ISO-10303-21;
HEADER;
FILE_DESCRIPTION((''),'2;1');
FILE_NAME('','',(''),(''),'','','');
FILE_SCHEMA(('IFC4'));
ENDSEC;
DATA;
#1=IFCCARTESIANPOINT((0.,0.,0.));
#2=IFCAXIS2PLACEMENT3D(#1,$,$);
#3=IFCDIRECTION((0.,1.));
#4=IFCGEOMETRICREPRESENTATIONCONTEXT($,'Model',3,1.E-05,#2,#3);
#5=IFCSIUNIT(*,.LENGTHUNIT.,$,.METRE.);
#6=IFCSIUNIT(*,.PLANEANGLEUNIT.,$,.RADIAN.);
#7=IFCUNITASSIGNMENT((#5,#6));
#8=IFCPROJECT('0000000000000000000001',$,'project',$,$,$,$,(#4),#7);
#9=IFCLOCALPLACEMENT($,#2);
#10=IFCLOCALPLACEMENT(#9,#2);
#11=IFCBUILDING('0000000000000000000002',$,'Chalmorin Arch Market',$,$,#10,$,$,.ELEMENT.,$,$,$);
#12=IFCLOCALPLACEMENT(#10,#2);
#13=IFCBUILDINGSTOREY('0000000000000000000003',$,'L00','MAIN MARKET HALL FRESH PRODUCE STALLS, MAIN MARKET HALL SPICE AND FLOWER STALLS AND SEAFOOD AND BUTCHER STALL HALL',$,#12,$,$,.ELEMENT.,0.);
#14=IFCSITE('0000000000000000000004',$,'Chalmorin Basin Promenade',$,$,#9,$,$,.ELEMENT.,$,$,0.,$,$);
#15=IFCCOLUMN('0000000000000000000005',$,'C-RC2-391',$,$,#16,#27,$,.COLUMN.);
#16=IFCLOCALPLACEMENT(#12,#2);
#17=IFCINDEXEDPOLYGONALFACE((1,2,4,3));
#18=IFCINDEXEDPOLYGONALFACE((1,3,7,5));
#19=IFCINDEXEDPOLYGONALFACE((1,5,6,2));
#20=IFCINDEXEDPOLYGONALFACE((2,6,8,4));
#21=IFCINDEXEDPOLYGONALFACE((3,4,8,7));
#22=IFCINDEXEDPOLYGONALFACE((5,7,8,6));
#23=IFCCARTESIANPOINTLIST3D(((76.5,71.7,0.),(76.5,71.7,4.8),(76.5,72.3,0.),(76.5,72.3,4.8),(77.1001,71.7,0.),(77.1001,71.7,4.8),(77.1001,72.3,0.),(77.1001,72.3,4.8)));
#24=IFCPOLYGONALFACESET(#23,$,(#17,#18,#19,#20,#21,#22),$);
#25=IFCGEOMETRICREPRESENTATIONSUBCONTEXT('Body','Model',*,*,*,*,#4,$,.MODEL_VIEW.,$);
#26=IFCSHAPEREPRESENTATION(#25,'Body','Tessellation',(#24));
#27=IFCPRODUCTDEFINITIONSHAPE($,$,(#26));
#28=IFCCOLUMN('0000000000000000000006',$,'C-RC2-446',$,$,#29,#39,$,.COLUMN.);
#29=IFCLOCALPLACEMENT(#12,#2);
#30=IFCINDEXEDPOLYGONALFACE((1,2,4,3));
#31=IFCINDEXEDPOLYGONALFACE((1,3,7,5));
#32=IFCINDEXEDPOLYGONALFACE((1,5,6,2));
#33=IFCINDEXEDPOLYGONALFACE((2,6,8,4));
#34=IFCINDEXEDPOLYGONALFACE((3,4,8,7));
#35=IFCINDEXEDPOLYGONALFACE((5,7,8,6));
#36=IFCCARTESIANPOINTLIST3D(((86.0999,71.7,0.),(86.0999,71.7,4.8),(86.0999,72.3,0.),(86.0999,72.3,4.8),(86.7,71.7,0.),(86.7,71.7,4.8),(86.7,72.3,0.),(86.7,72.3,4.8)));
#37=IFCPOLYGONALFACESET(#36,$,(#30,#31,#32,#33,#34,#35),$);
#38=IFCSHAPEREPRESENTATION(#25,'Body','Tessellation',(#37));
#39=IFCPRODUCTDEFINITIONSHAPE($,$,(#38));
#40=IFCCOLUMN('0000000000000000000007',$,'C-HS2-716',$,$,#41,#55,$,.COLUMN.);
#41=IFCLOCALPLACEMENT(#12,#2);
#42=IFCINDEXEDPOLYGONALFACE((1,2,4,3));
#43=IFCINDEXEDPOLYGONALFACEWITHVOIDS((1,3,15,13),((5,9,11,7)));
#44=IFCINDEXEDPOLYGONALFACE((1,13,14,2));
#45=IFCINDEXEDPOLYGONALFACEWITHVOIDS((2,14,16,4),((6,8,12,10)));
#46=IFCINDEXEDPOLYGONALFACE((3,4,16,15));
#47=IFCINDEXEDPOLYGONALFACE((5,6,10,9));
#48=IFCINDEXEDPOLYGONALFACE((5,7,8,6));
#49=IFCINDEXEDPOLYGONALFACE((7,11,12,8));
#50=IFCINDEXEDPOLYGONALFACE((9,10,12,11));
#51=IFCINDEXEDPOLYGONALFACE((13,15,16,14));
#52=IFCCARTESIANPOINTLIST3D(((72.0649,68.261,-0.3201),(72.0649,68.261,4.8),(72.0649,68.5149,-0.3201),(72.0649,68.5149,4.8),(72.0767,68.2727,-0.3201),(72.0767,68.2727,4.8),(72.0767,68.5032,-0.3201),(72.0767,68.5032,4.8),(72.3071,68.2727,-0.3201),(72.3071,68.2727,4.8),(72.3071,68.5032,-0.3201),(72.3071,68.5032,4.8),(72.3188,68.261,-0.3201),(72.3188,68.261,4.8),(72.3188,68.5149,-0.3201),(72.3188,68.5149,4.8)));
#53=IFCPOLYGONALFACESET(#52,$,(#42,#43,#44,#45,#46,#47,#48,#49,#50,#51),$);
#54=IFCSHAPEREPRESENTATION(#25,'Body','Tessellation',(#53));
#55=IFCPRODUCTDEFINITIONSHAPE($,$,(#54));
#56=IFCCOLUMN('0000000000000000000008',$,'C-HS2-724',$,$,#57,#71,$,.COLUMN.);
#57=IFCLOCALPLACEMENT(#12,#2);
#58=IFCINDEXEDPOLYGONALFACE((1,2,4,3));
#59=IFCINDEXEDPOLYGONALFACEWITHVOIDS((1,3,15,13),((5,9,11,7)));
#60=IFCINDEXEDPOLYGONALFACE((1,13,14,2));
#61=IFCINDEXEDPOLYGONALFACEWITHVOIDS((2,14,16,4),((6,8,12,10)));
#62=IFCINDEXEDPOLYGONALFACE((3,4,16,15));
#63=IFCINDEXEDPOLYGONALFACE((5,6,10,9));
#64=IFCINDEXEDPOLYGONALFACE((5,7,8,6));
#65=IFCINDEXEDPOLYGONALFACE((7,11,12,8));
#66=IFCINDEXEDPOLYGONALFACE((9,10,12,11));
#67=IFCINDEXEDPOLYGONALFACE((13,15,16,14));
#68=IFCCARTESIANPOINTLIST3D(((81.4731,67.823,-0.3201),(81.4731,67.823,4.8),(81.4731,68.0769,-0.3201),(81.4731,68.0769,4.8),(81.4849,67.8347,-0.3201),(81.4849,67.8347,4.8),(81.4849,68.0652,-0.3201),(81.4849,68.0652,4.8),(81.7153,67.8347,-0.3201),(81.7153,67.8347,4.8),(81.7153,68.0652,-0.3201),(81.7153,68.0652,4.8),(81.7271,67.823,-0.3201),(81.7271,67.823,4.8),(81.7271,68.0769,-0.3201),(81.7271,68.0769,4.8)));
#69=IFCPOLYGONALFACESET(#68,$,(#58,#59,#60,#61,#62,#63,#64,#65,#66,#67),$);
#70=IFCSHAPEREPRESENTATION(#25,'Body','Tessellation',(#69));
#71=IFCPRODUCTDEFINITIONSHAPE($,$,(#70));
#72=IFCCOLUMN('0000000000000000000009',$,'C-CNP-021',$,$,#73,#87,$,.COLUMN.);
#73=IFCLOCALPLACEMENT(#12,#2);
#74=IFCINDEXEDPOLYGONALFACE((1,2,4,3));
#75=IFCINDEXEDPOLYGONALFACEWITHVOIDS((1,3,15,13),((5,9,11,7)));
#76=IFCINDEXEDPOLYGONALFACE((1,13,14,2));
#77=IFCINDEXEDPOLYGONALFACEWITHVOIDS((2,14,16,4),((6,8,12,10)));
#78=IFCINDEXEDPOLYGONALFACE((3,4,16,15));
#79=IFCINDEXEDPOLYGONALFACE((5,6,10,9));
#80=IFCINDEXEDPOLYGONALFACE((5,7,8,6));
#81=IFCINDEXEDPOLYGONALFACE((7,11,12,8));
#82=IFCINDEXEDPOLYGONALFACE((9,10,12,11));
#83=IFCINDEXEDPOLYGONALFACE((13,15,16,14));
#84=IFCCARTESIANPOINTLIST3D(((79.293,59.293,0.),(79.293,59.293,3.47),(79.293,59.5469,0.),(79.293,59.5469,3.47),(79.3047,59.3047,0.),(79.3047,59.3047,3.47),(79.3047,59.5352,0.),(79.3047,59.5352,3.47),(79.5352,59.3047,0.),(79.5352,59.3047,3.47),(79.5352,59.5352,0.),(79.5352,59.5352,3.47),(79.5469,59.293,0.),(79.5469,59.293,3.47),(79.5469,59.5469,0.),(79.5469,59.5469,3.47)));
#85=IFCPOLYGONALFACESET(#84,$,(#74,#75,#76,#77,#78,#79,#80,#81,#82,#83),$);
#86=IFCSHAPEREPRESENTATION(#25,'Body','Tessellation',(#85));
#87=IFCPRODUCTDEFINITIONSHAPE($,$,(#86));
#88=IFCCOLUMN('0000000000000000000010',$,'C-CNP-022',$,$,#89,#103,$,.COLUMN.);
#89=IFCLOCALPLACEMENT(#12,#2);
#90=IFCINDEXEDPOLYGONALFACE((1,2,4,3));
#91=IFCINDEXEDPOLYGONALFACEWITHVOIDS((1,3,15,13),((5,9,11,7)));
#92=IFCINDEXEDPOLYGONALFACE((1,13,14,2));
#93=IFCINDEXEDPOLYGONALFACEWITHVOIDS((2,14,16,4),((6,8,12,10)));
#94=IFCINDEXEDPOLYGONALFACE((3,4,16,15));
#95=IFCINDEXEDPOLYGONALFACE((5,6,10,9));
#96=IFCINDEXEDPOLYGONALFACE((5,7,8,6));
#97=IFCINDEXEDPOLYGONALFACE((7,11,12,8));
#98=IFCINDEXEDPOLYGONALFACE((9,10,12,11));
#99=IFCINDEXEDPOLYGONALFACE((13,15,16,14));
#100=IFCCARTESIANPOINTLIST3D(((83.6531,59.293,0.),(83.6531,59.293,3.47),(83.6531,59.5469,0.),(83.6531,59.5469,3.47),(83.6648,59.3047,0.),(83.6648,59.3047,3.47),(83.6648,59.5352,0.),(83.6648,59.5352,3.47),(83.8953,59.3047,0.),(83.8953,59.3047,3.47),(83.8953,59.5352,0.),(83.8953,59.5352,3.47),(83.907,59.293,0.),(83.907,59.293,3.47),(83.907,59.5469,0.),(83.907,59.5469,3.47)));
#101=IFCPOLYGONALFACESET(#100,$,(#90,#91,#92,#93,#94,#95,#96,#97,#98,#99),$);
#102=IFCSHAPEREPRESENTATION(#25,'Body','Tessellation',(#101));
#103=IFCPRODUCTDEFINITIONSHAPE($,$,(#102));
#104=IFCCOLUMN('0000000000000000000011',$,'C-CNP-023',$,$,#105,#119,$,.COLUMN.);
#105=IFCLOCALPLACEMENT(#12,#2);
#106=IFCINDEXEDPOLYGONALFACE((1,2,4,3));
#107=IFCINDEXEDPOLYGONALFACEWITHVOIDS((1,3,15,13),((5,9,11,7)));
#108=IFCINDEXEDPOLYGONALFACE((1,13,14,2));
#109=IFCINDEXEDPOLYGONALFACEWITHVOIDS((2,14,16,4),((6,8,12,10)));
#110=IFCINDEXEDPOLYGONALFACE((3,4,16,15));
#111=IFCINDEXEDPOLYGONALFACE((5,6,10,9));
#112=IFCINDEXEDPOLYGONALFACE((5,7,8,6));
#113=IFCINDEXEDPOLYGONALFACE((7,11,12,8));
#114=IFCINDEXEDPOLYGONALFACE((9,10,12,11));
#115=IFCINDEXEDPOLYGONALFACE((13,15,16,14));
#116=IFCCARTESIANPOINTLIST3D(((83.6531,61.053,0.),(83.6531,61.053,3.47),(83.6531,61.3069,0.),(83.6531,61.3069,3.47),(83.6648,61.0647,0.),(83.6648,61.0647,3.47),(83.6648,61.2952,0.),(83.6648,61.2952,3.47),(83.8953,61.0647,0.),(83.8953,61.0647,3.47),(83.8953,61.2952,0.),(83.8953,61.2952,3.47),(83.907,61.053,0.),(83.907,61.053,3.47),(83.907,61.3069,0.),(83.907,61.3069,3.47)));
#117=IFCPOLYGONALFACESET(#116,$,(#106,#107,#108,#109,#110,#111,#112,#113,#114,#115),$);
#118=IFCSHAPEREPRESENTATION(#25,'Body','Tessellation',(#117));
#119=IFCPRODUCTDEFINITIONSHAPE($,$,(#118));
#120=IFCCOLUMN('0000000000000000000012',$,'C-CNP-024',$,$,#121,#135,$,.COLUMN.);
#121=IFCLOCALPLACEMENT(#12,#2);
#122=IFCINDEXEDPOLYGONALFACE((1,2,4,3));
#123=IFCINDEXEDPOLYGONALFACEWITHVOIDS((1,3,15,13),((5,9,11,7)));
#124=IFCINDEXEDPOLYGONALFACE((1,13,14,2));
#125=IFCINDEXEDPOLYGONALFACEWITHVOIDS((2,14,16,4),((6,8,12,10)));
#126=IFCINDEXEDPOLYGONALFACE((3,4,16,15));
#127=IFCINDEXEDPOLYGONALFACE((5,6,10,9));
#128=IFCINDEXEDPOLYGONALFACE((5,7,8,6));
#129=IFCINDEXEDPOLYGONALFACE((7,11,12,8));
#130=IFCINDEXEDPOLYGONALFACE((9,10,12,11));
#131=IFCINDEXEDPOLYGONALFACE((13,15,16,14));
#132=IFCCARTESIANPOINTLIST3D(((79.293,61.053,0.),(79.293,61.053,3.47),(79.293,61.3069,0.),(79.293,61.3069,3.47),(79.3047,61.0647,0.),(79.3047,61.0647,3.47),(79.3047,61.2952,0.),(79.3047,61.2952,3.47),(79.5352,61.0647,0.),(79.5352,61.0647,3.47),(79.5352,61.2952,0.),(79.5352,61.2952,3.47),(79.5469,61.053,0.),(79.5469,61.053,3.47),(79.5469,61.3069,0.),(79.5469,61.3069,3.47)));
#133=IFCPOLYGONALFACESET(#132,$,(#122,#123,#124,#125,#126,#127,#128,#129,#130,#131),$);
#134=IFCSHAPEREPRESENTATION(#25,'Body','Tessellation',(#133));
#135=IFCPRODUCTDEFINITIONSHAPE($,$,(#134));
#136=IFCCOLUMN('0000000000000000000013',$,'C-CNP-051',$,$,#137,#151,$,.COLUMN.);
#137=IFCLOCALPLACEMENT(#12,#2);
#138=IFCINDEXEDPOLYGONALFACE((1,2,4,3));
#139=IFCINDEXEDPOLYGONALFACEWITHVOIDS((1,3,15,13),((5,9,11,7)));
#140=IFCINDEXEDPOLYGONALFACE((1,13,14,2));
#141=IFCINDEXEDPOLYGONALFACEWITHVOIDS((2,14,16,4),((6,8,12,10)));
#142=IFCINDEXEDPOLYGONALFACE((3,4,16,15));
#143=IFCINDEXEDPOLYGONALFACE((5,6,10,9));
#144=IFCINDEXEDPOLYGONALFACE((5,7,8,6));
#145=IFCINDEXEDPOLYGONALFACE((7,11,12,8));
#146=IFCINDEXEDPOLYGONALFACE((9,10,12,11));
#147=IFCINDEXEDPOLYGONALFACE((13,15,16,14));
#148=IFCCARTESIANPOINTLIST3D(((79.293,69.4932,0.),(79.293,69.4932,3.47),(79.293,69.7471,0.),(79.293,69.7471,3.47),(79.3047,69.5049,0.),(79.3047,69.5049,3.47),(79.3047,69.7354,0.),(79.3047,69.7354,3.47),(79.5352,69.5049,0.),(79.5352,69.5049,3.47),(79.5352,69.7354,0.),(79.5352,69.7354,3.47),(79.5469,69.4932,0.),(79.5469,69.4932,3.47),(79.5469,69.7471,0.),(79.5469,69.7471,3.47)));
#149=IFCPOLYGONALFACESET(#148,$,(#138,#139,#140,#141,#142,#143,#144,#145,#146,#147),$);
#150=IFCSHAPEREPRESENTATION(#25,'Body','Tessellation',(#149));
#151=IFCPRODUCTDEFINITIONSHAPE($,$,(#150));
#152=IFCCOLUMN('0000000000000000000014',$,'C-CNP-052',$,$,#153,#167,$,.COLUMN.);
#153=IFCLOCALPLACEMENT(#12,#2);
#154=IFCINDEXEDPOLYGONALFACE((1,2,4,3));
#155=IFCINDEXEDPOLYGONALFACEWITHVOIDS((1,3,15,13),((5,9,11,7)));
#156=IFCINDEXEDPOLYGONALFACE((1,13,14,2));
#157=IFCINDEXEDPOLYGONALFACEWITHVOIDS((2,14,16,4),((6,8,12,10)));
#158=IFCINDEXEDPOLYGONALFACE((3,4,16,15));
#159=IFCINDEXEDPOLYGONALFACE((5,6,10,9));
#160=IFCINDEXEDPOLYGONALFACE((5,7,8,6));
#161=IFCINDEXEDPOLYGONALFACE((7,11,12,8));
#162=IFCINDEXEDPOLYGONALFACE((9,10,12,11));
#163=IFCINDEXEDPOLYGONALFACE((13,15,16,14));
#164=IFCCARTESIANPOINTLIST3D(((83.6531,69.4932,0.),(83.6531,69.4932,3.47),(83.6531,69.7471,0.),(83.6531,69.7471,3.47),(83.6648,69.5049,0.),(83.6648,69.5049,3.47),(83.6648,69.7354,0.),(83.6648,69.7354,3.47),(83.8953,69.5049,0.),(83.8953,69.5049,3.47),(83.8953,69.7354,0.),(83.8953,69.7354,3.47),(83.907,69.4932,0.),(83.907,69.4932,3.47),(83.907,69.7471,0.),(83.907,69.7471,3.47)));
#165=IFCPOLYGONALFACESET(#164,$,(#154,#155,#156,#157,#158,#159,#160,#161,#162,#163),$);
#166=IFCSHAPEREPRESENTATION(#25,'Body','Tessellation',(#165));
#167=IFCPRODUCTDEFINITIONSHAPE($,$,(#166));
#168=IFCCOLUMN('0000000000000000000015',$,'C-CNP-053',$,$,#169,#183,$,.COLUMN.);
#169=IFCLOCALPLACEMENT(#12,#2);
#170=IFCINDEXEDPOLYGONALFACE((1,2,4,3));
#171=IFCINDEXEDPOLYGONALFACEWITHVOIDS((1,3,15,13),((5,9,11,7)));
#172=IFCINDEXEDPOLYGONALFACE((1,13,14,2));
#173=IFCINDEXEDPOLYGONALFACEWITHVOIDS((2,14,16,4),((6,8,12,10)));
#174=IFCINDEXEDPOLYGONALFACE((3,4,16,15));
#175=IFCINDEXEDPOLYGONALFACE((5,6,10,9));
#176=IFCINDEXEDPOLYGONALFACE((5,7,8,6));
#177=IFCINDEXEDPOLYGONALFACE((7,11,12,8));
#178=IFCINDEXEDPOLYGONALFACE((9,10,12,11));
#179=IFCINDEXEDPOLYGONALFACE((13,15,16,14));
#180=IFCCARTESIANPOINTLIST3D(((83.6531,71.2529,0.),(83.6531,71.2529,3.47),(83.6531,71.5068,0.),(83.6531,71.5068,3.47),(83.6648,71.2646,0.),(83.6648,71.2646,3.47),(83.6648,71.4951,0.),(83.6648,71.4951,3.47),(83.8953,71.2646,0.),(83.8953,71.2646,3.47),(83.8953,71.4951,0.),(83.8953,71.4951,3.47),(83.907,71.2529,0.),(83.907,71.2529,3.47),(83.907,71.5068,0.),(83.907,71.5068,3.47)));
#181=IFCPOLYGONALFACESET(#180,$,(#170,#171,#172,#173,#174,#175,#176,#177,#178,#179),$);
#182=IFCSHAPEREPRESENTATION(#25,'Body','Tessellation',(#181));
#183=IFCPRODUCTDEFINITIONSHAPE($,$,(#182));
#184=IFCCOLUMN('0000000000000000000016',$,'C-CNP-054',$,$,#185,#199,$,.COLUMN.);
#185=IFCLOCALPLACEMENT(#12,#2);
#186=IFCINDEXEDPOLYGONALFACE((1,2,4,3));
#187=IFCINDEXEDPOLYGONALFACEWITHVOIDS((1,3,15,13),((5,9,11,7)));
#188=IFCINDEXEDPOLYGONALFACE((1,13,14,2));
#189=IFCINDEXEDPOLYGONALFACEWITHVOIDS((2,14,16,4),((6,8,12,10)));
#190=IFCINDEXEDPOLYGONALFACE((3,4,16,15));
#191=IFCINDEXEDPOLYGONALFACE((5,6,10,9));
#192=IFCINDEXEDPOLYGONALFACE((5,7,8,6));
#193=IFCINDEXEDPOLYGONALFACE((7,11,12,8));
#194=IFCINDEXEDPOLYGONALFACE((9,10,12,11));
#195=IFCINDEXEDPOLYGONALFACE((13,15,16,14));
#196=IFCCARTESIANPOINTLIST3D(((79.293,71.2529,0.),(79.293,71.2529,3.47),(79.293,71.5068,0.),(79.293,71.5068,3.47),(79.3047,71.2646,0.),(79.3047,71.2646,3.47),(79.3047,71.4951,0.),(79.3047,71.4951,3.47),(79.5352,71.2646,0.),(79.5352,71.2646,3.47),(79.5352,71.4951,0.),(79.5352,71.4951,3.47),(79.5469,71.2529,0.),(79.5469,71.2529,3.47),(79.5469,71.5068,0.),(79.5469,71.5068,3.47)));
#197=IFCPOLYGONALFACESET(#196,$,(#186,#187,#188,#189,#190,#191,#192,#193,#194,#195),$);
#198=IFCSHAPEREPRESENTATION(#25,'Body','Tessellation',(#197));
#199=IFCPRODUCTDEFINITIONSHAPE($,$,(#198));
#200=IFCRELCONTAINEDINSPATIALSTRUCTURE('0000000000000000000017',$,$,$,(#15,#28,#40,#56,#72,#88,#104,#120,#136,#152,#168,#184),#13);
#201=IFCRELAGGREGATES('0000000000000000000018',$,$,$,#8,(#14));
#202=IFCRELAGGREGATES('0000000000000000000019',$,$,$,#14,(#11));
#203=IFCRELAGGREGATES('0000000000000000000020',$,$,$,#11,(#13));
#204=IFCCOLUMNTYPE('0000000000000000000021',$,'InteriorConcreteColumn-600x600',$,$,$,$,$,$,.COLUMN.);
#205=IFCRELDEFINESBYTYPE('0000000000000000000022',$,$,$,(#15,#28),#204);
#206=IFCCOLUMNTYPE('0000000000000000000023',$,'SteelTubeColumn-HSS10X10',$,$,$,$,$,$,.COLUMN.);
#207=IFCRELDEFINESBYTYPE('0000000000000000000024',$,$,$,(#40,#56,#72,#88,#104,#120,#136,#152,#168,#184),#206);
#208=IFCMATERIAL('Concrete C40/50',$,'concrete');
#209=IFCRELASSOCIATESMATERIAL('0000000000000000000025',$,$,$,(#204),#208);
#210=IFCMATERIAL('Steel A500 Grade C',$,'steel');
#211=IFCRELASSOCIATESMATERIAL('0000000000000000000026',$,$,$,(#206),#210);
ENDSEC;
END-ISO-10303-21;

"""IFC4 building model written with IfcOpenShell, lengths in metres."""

from ifc_helpers import new_model, si_unit, direction, frame, origin, origin_2d, place, context, subcontext, project, spatial, rectangle, hollow_rectangle, extrude, material, material_profile, profile_set, type_object, element, save


model = new_model("IFC4")

# Units and contexts
model_context = context("Model", 3, precision=1e-05, world=origin(), true_north=direction((0.0, 1.0)))
body_context = subcontext(model_context, "Body", "Model", "MODEL_VIEW")
ifc_project = project(units=[si_unit("LENGTHUNIT", "METRE"), si_unit("PLANEANGLEUNIT", "RADIAN")], contexts=[model_context])

# Site, building, storey
site_placement = place(None, origin())
site = spatial("IfcSite", under=ifc_project, at=site_placement, Name="Chalmorin Basin Promenade", CompositionType="ELEMENT", RefElevation=0.0)
building_placement = place(site_placement, origin())
building = spatial("IfcBuilding", under=site, at=building_placement, Name="Chalmorin Arch Market", CompositionType="ELEMENT")
storey_placement = place(building_placement, origin())
storey = spatial("IfcBuildingStorey", under=building, at=storey_placement, Name="L00", Description="MAIN MARKET HALL FRESH PRODUCE STALLS, MAIN MARKET HALL SPICE AND FLOWER STALLS AND SEAFOOD AND BUTCHER STALL HALL", CompositionType="ELEMENT", Elevation=0.0)

# Columns
ifc_material_1 = material(Name="Concrete C40/50", Category="concrete")
ifc_material_profile_1 = material_profile(ifc_material_1, rectangle(XDim=0.6001, YDim=0.6001, at=origin_2d()), Name="RC600X600")
ifc_profile_set_1 = profile_set([ifc_material_profile_1], Name="Concrete C40/50")
column_type_1 = type_object("IfcColumnType", Name="InteriorConcreteColumn-600x600", PredefinedType="COLUMN", material=ifc_profile_set_1)
for number, where, z_axis, x_axis, name in (
    (1, (76.8, 72.0, 0.0), (0.0, 0.0, 1.0), (1.0, 0.0, 0.0), "C-RC2-391"),
    (2, (86.3999, 72.0, 0.0), (0.0, 0.0, 1.0), (1.0, 0.0, 0.0), "C-RC2-446"),
):
    element("IfcColumn", number, at=place(storey_placement, frame(where, z_axis=z_axis, x_axis=x_axis)), inside=storey, type_object=column_type_1, Name=name, PredefinedType="COLUMN", context=body_context, shape_type="SweptSolid", body=[
        extrude(rectangle(XDim=0.6001, YDim=0.6001, at=origin_2d()), origin(), (0.0, 0.0, 1.0), 4.8),
    ])
ifc_material_2 = material(Name="Steel A500 Grade C", Category="steel")
ifc_material_profile_2 = material_profile(ifc_material_2, hollow_rectangle(XDim=0.2539, YDim=0.2539, WallThickness=0.0117, at=origin_2d()), Name="HSS10X10X1/2")
ifc_profile_set_2 = profile_set([ifc_material_profile_2], Name="Steel A500 Grade C")
column_type_2 = type_object("IfcColumnType", Name="SteelTubeColumn-HSS10X10", PredefinedType="COLUMN", material=ifc_profile_set_2)
for number, where, z_axis, x_axis, name in (
    (3, (72.1919, 68.3879, -0.3201), (0.0, 0.0, 1.0), (1.0, 0.0, 0.0), "C-HS2-716"),
    (4, (81.6001, 67.95, -0.3201), (0.0, 0.0, 1.0), (1.0, 0.0, 0.0), "C-HS2-724"),
):
    element("IfcColumn", number, at=place(storey_placement, frame(where, z_axis=z_axis, x_axis=x_axis)), inside=storey, type_object=column_type_2, Name=name, PredefinedType="COLUMN", context=body_context, shape_type="SweptSolid", body=[
        extrude(hollow_rectangle(XDim=0.2539, YDim=0.2539, WallThickness=0.0117, at=origin_2d()), origin(), (0.0, 0.0, 1.0), 5.1201),
    ])
for number, where, z_axis, x_axis, name in (
    (5, (79.4199, 59.4199, 0.0), (0.0, 0.0, 1.0), (1.0, 0.0, 0.0), "C-CNP-021"),
    (6, (83.78, 59.4199, 0.0), (0.0, 0.0, 1.0), (1.0, 0.0, 0.0), "C-CNP-022"),
    (7, (83.78, 61.1799, 0.0), (0.0, 0.0, 1.0), (1.0, 0.0, 0.0), "C-CNP-023"),
    (8, (79.4199, 61.1799, 0.0), (0.0, 0.0, 1.0), (1.0, 0.0, 0.0), "C-CNP-024"),
    (9, (79.4199, 69.6201, 0.0), (0.0, 0.0, 1.0), (1.0, 0.0, 0.0), "C-CNP-051"),
    (10, (83.78, 69.6201, 0.0), (0.0, 0.0, 1.0), (1.0, 0.0, 0.0), "C-CNP-052"),
    (11, (83.78, 71.3799, 0.0), (0.0, 0.0, 1.0), (1.0, 0.0, 0.0), "C-CNP-053"),
    (12, (79.4199, 71.3799, 0.0), (0.0, 0.0, 1.0), (1.0, 0.0, 0.0), "C-CNP-054"),
):
    element("IfcColumn", number, at=place(storey_placement, frame(where, z_axis=z_axis, x_axis=x_axis)), inside=storey, type_object=column_type_2, Name=name, PredefinedType="COLUMN", context=body_context, shape_type="SweptSolid", body=[
        extrude(hollow_rectangle(XDim=0.2539, YDim=0.2539, WallThickness=0.0117, at=origin_2d()), origin(), (0.0, 0.0, 1.0), 3.47),
    ])

save(model, "model.ifc")
